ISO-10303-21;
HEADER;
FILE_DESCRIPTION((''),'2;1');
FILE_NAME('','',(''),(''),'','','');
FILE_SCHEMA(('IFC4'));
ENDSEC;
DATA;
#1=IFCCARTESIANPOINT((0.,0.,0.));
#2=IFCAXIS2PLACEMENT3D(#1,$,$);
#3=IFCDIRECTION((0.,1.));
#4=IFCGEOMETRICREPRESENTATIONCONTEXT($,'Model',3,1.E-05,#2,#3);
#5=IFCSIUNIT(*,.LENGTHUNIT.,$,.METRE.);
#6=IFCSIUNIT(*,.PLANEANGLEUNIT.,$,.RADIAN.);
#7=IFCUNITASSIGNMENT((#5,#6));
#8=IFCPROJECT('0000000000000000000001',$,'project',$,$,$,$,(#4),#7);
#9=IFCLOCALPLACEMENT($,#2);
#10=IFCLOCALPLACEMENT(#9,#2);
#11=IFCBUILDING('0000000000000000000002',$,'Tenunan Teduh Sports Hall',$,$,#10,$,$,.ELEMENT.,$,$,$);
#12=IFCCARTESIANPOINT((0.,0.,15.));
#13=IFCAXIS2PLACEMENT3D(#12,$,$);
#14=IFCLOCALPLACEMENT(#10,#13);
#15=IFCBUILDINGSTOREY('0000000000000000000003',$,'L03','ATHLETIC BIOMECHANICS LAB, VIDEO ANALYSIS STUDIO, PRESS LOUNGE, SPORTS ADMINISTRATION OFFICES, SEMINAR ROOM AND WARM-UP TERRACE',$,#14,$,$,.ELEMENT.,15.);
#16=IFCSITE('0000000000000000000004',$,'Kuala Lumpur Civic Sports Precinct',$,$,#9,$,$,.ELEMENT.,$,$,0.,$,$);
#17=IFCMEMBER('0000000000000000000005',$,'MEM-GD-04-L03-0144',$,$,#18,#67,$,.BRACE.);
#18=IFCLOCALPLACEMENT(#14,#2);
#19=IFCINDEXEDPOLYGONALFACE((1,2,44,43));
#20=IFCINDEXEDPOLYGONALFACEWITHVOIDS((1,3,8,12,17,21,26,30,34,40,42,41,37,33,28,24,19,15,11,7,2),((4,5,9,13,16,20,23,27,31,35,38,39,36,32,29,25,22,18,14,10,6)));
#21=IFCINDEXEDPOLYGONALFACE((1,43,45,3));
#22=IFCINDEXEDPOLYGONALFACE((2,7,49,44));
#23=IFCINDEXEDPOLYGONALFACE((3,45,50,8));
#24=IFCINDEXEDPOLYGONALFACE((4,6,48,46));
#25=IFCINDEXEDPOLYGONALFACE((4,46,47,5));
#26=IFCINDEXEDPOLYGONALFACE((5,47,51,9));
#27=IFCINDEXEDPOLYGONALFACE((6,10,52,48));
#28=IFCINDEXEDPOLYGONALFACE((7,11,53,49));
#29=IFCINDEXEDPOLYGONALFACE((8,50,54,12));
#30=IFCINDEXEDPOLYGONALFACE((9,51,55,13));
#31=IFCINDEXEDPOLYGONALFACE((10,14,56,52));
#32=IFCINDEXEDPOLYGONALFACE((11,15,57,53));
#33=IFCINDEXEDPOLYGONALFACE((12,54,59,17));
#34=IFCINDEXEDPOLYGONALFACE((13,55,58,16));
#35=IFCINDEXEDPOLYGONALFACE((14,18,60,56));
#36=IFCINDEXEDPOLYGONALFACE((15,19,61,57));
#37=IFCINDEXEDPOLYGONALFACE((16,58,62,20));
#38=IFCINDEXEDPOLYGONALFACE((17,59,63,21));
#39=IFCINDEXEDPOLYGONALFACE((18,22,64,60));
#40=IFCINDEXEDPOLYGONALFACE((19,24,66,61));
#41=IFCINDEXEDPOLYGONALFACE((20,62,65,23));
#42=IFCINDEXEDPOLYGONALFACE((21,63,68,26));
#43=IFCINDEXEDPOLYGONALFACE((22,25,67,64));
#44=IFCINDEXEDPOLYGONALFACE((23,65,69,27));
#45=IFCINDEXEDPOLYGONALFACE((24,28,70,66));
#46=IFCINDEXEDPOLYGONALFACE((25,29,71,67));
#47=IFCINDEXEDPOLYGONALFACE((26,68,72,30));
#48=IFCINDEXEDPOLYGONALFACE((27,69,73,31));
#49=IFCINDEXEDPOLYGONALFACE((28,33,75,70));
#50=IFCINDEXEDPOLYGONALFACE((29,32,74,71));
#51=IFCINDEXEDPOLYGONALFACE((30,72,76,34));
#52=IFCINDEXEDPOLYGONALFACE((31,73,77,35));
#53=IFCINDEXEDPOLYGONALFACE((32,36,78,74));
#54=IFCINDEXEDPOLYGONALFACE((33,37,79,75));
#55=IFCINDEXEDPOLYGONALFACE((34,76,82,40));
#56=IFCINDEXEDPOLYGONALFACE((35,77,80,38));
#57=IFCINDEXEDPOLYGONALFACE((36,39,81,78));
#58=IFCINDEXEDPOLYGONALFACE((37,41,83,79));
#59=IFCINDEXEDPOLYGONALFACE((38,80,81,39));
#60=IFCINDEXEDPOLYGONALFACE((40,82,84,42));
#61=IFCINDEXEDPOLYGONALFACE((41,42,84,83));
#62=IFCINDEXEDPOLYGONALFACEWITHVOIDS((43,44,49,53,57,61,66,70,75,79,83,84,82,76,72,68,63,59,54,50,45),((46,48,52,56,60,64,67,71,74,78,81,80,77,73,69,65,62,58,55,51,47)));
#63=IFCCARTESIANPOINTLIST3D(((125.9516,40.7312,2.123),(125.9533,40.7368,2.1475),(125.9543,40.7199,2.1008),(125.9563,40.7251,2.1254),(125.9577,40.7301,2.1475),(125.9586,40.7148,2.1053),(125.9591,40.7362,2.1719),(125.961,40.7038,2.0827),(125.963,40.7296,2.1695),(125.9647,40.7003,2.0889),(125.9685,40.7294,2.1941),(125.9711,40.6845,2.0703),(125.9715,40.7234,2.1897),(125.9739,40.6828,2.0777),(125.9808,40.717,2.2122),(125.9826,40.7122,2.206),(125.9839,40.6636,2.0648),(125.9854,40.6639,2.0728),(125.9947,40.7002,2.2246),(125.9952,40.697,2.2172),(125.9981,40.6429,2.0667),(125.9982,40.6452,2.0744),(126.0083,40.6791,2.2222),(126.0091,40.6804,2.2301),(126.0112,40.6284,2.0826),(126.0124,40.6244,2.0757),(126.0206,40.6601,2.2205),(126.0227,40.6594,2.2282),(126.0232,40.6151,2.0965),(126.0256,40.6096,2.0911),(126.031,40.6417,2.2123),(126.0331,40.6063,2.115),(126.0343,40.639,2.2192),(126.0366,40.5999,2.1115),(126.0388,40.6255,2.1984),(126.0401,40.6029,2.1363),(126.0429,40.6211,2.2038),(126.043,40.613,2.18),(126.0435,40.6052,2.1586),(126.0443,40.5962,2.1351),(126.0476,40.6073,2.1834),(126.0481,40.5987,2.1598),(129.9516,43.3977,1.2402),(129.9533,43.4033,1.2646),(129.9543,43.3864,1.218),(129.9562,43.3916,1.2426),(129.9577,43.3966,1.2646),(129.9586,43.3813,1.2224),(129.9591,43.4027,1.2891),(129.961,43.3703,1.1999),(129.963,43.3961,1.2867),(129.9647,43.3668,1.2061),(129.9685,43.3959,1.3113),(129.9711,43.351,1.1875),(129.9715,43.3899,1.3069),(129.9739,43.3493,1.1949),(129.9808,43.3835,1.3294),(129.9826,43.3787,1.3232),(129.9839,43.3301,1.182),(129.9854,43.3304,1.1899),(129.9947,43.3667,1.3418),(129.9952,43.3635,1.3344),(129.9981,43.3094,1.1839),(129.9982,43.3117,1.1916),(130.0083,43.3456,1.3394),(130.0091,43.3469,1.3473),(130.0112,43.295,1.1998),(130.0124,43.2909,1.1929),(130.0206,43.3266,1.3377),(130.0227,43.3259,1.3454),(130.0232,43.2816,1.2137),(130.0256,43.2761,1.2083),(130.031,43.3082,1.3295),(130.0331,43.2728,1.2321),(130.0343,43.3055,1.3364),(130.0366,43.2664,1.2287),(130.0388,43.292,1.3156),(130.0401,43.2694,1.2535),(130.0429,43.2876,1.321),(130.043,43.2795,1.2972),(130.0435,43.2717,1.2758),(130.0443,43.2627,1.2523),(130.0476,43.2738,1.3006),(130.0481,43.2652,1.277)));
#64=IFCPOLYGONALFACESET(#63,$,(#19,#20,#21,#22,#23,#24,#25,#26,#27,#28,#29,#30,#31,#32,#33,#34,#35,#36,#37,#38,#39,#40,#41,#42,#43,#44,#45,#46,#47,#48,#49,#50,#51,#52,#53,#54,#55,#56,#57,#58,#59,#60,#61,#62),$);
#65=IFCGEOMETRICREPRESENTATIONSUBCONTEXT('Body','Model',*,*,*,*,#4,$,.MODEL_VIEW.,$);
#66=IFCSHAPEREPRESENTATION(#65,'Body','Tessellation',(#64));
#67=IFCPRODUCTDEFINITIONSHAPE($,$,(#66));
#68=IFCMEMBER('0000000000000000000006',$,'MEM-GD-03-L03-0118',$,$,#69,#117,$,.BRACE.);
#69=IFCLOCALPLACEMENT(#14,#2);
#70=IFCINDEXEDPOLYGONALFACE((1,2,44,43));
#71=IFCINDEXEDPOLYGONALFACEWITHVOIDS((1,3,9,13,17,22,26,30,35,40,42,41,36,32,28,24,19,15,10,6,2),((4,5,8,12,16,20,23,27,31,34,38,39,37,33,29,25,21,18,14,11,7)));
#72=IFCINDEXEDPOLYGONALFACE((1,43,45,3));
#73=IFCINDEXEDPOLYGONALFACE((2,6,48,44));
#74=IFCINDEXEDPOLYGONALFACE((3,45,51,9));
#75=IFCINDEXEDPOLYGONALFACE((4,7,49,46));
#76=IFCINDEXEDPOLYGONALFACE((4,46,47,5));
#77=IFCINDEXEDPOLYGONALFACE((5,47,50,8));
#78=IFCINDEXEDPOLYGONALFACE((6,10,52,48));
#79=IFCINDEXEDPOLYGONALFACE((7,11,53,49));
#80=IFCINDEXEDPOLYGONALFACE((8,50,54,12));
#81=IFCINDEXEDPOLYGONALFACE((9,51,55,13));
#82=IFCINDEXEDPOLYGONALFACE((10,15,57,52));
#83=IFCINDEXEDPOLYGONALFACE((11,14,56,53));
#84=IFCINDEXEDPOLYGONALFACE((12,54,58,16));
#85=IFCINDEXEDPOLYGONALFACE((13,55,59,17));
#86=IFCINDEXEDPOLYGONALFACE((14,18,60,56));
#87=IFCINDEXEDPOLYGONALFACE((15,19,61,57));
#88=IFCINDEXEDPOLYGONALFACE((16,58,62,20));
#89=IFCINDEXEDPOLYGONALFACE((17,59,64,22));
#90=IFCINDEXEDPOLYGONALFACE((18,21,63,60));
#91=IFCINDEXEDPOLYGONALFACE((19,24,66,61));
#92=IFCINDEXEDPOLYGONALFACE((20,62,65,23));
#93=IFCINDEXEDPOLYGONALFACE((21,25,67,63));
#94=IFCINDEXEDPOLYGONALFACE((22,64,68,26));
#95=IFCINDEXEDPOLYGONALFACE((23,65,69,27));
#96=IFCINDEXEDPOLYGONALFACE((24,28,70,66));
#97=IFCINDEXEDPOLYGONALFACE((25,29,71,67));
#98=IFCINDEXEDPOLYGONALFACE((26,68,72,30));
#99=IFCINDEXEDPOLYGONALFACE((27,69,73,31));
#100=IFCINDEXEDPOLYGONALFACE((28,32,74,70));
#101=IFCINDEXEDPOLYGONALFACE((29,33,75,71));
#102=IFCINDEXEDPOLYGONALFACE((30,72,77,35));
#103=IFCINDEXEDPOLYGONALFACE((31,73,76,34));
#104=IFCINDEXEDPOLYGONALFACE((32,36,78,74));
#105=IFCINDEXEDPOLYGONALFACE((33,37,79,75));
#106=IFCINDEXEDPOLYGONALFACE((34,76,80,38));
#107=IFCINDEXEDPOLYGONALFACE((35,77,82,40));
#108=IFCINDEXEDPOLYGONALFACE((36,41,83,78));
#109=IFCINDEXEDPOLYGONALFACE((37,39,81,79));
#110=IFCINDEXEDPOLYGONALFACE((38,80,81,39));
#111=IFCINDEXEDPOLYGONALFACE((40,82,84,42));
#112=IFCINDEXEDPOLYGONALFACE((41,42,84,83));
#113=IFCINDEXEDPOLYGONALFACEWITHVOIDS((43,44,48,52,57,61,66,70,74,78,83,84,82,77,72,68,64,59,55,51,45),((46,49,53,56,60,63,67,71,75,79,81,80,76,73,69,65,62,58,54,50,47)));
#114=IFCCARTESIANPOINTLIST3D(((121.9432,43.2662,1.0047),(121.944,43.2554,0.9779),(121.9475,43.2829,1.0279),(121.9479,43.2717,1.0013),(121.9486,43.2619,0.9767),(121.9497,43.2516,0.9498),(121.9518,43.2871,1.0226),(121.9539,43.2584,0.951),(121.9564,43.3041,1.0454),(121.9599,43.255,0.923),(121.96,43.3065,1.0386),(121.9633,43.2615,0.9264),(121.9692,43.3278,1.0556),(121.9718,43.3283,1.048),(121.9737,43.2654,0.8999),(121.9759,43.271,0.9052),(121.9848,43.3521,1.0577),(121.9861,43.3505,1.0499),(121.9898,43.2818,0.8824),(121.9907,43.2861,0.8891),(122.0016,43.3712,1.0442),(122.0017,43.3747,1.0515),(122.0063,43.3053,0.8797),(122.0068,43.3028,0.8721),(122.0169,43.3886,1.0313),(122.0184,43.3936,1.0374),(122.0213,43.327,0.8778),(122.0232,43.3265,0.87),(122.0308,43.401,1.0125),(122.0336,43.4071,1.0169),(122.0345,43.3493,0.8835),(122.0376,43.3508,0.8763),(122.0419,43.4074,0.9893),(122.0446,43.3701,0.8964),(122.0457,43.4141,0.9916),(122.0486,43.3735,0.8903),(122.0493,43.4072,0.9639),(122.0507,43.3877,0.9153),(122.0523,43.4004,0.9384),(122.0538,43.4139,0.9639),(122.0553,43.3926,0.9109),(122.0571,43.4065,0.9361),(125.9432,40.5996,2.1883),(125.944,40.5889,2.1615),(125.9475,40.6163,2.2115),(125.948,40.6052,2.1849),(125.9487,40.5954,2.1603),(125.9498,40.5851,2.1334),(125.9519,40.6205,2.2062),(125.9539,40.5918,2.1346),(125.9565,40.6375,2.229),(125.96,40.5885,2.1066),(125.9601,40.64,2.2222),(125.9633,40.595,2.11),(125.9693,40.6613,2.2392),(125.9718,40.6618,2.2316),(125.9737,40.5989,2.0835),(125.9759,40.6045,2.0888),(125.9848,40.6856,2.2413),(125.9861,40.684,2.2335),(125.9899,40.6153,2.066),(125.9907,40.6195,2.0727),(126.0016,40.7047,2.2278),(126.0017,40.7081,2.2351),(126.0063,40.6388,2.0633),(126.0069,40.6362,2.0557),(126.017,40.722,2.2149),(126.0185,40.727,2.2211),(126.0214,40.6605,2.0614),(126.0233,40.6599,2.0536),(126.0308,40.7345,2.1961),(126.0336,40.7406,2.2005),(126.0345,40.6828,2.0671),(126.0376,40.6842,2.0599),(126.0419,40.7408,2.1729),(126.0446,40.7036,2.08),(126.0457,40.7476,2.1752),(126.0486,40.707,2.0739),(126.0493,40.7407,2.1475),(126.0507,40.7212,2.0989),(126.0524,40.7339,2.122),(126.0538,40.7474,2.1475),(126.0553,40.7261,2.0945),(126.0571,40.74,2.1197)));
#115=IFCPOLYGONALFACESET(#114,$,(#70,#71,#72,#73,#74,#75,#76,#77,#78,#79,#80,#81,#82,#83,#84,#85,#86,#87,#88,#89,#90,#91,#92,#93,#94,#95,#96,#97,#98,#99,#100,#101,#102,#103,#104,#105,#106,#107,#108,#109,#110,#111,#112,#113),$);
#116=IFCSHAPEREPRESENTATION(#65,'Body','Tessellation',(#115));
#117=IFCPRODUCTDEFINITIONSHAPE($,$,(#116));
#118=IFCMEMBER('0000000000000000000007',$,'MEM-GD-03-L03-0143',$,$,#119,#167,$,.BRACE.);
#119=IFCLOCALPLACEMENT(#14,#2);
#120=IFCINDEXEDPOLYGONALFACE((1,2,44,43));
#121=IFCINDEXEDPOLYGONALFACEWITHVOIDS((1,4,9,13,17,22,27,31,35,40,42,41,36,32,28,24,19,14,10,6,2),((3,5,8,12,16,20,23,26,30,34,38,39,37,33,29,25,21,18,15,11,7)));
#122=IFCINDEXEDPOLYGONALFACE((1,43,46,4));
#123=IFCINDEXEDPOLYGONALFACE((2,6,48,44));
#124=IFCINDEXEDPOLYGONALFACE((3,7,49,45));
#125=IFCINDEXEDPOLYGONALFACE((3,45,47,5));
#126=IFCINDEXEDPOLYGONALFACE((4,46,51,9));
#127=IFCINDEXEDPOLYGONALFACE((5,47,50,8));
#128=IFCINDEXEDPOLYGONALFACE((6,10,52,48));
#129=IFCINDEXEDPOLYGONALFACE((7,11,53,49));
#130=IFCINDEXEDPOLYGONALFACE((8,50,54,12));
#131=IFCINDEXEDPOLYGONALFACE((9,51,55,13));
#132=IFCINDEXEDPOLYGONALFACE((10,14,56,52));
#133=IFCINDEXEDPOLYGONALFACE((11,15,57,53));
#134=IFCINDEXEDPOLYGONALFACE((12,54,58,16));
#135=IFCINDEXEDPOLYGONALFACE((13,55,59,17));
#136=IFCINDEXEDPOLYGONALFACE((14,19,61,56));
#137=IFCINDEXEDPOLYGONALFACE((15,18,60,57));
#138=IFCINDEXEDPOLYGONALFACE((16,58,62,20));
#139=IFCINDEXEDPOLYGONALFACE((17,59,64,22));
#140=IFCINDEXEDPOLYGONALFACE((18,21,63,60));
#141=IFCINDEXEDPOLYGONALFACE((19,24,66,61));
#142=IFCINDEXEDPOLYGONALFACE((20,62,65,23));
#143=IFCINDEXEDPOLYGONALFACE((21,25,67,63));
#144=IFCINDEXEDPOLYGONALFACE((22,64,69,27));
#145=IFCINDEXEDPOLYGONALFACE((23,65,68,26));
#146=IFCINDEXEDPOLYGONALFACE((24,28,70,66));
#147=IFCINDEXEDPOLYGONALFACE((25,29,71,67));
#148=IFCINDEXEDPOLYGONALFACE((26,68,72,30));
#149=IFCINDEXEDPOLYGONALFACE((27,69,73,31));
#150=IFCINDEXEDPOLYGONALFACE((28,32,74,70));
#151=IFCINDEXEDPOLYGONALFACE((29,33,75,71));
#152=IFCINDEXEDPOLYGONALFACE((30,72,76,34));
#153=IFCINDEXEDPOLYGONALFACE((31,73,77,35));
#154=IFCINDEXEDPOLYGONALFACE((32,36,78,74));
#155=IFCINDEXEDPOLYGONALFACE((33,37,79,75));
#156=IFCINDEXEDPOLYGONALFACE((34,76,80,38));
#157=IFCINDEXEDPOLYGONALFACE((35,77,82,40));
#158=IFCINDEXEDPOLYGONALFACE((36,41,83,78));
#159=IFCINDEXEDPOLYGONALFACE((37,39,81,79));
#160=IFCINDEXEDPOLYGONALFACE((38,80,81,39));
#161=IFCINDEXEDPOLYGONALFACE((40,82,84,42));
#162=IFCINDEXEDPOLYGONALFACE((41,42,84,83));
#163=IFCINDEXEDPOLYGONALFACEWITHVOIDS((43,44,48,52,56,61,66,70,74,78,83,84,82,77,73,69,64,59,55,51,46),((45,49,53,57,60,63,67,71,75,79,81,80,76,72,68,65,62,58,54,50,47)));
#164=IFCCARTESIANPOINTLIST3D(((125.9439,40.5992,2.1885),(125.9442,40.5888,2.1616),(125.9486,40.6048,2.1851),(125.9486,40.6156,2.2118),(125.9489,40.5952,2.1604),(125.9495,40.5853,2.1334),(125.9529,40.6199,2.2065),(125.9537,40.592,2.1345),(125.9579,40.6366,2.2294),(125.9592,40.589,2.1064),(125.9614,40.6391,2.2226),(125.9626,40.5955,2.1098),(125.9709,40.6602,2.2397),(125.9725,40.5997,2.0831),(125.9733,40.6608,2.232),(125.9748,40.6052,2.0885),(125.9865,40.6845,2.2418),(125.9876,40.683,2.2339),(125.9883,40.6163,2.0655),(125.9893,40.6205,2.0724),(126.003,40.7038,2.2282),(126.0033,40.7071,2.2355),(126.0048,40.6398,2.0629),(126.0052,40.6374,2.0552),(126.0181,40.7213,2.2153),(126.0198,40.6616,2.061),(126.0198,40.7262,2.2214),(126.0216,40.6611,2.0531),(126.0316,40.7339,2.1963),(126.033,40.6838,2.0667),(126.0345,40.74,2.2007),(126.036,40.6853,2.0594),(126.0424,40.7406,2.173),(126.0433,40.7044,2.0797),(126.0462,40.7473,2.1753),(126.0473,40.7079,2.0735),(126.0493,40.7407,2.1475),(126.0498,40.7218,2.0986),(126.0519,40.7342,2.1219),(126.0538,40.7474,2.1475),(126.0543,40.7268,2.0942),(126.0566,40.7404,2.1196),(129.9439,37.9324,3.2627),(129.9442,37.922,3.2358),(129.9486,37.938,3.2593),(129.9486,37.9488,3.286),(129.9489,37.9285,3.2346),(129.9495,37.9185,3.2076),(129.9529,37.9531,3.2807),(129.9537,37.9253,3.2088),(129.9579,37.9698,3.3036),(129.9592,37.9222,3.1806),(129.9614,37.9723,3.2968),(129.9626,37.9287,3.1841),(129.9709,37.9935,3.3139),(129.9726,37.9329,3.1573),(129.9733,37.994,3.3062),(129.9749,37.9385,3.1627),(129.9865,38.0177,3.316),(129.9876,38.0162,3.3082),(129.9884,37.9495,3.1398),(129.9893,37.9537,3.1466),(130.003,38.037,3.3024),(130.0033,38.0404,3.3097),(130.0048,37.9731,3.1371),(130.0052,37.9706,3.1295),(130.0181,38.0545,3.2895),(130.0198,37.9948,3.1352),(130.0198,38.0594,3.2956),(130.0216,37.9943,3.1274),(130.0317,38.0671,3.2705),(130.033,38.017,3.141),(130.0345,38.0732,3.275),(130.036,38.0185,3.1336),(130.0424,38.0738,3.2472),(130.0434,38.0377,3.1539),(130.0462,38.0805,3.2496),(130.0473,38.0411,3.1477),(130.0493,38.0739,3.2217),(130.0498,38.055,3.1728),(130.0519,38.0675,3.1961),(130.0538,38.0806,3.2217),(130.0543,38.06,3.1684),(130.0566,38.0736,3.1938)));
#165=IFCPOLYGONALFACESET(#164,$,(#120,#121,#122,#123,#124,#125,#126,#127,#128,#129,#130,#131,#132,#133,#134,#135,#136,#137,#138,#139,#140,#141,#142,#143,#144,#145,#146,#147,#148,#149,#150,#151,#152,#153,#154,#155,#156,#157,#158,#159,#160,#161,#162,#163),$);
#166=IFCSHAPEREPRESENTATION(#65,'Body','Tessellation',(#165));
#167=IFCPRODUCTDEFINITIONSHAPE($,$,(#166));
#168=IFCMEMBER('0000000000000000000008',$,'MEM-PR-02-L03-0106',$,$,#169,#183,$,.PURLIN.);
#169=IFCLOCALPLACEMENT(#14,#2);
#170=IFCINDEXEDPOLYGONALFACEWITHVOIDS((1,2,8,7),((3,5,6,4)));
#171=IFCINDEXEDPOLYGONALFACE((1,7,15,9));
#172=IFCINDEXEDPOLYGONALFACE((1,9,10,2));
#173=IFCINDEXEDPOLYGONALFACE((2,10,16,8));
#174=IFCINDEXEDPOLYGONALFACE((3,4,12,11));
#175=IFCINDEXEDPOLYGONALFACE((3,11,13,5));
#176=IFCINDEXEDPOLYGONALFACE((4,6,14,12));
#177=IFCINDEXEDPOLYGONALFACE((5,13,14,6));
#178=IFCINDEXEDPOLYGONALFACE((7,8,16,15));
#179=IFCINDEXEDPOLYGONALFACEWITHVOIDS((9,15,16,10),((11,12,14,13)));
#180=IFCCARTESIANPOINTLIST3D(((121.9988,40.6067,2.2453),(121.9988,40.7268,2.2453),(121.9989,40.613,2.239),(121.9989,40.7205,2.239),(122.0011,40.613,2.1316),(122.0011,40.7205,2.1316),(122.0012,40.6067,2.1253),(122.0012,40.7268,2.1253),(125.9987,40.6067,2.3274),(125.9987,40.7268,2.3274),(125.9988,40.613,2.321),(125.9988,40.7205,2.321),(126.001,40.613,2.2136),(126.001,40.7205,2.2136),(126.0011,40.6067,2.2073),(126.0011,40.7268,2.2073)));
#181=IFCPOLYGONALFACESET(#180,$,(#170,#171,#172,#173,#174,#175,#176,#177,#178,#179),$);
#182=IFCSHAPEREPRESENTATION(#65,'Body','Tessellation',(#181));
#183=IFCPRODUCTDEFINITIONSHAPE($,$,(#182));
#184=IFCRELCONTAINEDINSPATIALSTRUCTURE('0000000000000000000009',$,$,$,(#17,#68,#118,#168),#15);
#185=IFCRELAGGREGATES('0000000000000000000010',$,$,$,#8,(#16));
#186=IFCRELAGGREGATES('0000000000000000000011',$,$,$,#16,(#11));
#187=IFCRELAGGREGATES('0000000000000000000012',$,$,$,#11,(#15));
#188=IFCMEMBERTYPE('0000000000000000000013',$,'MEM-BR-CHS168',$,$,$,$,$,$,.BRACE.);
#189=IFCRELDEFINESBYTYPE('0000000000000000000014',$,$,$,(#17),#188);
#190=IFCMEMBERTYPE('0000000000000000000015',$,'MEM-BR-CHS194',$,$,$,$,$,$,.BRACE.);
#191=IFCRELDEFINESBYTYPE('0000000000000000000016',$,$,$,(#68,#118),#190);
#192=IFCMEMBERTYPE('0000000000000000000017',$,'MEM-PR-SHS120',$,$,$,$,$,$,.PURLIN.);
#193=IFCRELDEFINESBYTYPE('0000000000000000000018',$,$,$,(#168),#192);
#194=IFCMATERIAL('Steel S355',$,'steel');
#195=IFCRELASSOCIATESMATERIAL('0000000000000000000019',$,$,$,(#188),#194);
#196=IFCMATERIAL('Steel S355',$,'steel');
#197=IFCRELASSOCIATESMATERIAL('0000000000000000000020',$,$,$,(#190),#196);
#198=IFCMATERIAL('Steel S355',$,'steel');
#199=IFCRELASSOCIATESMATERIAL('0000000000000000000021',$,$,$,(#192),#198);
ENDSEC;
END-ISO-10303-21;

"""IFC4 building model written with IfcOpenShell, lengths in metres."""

from ifc_helpers import new_model, si_unit, direction, frame, origin, origin_2d, place, context, subcontext, project, spatial, hollow_rectangle, hollow_circle, extrude, material, material_profile, profile_set, type_object, element, save


model = new_model("IFC4")

# Units and contexts
model_context = context("Model", 3, precision=1e-05, world=origin(), true_north=direction((0.0, 1.0)))
body_context = subcontext(model_context, "Body", "Model", "MODEL_VIEW")
ifc_project = project(units=[si_unit("LENGTHUNIT", "METRE"), si_unit("PLANEANGLEUNIT", "RADIAN")], contexts=[model_context])

# Site, building, storey
site_placement = place(None, origin())
site = spatial("IfcSite", under=ifc_project, at=site_placement, Name="Kuala Lumpur Civic Sports Precinct", CompositionType="ELEMENT", RefElevation=0.0)
building_placement = place(site_placement, origin())
building = spatial("IfcBuilding", under=site, at=building_placement, Name="Tenunan Teduh Sports Hall", CompositionType="ELEMENT")
storey_placement = place(building_placement, frame((0.0, 0.0, 15.0)))
storey = spatial("IfcBuildingStorey", under=building, at=storey_placement, Name="L03", Description="ATHLETIC BIOMECHANICS LAB, VIDEO ANALYSIS STUDIO, PRESS LOUNGE, SPORTS ADMINISTRATION OFFICES, SEMINAR ROOM AND WARM-UP TERRACE", CompositionType="ELEMENT", Elevation=15.0)

# Members
ifc_material_1 = material(Name="Steel S355", Category="steel")
ifc_material_profile_1 = material_profile(ifc_material_1, hollow_circle(Radius=0.0842, WallThickness=0.0081, at=origin_2d()), Name="CHS 168.3x8.0")
ifc_profile_set_1 = profile_set([ifc_material_profile_1], Name="Steel S355")
member_type_1 = type_object("IfcMemberType", Name="MEM-BR-CHS168", PredefinedType="BRACE", material=ifc_profile_set_1)
member_1_placement = place(storey_placement, frame((126.0, 40.6667, 2.1475), z_axis=(0.818381, 0.545554, -0.180619), x_axis=(-0.554677, 0.832066, 0.0)))
element("IfcMember", 1, at=member_1_placement, inside=storey, type_object=member_type_1, Name="MEM-GD-04-L03-0144", PredefinedType="BRACE", context=body_context, shape_type="SweptSolid", body=[
    extrude(hollow_circle(Radius=0.0842, WallThickness=0.0081, at=origin_2d()), origin(), (0.0, 0.0, 1.0), 4.8877),
])
ifc_material_2 = material(Name="Steel S355", Category="steel")
ifc_material_profile_2 = material_profile(ifc_material_2, hollow_circle(Radius=0.0969, WallThickness=0.0081, at=origin_2d()), Name="CHS 193.7x8.0")
ifc_profile_set_2 = profile_set([ifc_material_profile_2], Name="Steel S355")
member_type_2 = type_object("IfcMemberType", Name="MEM-BR-CHS194", PredefinedType="BRACE", material=ifc_profile_set_2)
member_2_placement = place(storey_placement, frame((122.0, 43.3333, 0.9639), z_axis=(0.807938, -0.538593, 0.239068), x_axis=(0.554677, 0.832066, 0.0)))
element("IfcMember", 2, at=member_2_placement, inside=storey, type_object=member_type_2, Name="MEM-GD-03-L03-0118", PredefinedType="BRACE", context=body_context, shape_type="SweptSolid", body=[
    extrude(hollow_circle(Radius=0.0969, WallThickness=0.0081, at=origin_2d()), origin(), (0.0, 0.0, 1.0), 4.9509),
])
member_3_placement = place(storey_placement, frame((126.0, 40.6667, 2.1475), z_axis=(0.812018, -0.541362, 0.218071), x_axis=(0.554712, 0.832042, 0.0)))
element("IfcMember", 3, at=member_3_placement, inside=storey, type_object=member_type_2, Name="MEM-GD-03-L03-0143", PredefinedType="BRACE", context=body_context, shape_type="SweptSolid", body=[
    extrude(hollow_circle(Radius=0.0969, WallThickness=0.0081, at=origin_2d()), origin(), (0.0, 0.0, 1.0), 4.926),
])
ifc_material_3 = material(Name="Steel S355", Category="steel")
ifc_material_profile_3 = material_profile(ifc_material_3, hollow_rectangle(XDim=0.1201, YDim=0.1201, WallThickness=0.0063, at=origin_2d()), Name="SHS 120x120x6.3")
ifc_profile_set_3 = profile_set([ifc_material_profile_3], Name="Steel S355")
member_type_3 = type_object("IfcMemberType", Name="MEM-PR-SHS120", PredefinedType="PURLIN", material=ifc_profile_set_3)
member_4_placement = place(storey_placement, frame((122.0, 40.6667, 2.1853), z_axis=(0.99979, 0.0, 0.020504), x_axis=(0.0, 1.0, 0.0)))
element("IfcMember", 4, at=member_4_placement, inside=storey, type_object=member_type_3, Name="MEM-PR-02-L03-0106", PredefinedType="PURLIN", context=body_context, shape_type="SweptSolid", body=[
    extrude(hollow_rectangle(XDim=0.1201, YDim=0.1201, WallThickness=0.0063, at=origin_2d()), origin(), (0.0, 0.0, 1.0), 4.0007),
])

save(model, "model.ifc")
